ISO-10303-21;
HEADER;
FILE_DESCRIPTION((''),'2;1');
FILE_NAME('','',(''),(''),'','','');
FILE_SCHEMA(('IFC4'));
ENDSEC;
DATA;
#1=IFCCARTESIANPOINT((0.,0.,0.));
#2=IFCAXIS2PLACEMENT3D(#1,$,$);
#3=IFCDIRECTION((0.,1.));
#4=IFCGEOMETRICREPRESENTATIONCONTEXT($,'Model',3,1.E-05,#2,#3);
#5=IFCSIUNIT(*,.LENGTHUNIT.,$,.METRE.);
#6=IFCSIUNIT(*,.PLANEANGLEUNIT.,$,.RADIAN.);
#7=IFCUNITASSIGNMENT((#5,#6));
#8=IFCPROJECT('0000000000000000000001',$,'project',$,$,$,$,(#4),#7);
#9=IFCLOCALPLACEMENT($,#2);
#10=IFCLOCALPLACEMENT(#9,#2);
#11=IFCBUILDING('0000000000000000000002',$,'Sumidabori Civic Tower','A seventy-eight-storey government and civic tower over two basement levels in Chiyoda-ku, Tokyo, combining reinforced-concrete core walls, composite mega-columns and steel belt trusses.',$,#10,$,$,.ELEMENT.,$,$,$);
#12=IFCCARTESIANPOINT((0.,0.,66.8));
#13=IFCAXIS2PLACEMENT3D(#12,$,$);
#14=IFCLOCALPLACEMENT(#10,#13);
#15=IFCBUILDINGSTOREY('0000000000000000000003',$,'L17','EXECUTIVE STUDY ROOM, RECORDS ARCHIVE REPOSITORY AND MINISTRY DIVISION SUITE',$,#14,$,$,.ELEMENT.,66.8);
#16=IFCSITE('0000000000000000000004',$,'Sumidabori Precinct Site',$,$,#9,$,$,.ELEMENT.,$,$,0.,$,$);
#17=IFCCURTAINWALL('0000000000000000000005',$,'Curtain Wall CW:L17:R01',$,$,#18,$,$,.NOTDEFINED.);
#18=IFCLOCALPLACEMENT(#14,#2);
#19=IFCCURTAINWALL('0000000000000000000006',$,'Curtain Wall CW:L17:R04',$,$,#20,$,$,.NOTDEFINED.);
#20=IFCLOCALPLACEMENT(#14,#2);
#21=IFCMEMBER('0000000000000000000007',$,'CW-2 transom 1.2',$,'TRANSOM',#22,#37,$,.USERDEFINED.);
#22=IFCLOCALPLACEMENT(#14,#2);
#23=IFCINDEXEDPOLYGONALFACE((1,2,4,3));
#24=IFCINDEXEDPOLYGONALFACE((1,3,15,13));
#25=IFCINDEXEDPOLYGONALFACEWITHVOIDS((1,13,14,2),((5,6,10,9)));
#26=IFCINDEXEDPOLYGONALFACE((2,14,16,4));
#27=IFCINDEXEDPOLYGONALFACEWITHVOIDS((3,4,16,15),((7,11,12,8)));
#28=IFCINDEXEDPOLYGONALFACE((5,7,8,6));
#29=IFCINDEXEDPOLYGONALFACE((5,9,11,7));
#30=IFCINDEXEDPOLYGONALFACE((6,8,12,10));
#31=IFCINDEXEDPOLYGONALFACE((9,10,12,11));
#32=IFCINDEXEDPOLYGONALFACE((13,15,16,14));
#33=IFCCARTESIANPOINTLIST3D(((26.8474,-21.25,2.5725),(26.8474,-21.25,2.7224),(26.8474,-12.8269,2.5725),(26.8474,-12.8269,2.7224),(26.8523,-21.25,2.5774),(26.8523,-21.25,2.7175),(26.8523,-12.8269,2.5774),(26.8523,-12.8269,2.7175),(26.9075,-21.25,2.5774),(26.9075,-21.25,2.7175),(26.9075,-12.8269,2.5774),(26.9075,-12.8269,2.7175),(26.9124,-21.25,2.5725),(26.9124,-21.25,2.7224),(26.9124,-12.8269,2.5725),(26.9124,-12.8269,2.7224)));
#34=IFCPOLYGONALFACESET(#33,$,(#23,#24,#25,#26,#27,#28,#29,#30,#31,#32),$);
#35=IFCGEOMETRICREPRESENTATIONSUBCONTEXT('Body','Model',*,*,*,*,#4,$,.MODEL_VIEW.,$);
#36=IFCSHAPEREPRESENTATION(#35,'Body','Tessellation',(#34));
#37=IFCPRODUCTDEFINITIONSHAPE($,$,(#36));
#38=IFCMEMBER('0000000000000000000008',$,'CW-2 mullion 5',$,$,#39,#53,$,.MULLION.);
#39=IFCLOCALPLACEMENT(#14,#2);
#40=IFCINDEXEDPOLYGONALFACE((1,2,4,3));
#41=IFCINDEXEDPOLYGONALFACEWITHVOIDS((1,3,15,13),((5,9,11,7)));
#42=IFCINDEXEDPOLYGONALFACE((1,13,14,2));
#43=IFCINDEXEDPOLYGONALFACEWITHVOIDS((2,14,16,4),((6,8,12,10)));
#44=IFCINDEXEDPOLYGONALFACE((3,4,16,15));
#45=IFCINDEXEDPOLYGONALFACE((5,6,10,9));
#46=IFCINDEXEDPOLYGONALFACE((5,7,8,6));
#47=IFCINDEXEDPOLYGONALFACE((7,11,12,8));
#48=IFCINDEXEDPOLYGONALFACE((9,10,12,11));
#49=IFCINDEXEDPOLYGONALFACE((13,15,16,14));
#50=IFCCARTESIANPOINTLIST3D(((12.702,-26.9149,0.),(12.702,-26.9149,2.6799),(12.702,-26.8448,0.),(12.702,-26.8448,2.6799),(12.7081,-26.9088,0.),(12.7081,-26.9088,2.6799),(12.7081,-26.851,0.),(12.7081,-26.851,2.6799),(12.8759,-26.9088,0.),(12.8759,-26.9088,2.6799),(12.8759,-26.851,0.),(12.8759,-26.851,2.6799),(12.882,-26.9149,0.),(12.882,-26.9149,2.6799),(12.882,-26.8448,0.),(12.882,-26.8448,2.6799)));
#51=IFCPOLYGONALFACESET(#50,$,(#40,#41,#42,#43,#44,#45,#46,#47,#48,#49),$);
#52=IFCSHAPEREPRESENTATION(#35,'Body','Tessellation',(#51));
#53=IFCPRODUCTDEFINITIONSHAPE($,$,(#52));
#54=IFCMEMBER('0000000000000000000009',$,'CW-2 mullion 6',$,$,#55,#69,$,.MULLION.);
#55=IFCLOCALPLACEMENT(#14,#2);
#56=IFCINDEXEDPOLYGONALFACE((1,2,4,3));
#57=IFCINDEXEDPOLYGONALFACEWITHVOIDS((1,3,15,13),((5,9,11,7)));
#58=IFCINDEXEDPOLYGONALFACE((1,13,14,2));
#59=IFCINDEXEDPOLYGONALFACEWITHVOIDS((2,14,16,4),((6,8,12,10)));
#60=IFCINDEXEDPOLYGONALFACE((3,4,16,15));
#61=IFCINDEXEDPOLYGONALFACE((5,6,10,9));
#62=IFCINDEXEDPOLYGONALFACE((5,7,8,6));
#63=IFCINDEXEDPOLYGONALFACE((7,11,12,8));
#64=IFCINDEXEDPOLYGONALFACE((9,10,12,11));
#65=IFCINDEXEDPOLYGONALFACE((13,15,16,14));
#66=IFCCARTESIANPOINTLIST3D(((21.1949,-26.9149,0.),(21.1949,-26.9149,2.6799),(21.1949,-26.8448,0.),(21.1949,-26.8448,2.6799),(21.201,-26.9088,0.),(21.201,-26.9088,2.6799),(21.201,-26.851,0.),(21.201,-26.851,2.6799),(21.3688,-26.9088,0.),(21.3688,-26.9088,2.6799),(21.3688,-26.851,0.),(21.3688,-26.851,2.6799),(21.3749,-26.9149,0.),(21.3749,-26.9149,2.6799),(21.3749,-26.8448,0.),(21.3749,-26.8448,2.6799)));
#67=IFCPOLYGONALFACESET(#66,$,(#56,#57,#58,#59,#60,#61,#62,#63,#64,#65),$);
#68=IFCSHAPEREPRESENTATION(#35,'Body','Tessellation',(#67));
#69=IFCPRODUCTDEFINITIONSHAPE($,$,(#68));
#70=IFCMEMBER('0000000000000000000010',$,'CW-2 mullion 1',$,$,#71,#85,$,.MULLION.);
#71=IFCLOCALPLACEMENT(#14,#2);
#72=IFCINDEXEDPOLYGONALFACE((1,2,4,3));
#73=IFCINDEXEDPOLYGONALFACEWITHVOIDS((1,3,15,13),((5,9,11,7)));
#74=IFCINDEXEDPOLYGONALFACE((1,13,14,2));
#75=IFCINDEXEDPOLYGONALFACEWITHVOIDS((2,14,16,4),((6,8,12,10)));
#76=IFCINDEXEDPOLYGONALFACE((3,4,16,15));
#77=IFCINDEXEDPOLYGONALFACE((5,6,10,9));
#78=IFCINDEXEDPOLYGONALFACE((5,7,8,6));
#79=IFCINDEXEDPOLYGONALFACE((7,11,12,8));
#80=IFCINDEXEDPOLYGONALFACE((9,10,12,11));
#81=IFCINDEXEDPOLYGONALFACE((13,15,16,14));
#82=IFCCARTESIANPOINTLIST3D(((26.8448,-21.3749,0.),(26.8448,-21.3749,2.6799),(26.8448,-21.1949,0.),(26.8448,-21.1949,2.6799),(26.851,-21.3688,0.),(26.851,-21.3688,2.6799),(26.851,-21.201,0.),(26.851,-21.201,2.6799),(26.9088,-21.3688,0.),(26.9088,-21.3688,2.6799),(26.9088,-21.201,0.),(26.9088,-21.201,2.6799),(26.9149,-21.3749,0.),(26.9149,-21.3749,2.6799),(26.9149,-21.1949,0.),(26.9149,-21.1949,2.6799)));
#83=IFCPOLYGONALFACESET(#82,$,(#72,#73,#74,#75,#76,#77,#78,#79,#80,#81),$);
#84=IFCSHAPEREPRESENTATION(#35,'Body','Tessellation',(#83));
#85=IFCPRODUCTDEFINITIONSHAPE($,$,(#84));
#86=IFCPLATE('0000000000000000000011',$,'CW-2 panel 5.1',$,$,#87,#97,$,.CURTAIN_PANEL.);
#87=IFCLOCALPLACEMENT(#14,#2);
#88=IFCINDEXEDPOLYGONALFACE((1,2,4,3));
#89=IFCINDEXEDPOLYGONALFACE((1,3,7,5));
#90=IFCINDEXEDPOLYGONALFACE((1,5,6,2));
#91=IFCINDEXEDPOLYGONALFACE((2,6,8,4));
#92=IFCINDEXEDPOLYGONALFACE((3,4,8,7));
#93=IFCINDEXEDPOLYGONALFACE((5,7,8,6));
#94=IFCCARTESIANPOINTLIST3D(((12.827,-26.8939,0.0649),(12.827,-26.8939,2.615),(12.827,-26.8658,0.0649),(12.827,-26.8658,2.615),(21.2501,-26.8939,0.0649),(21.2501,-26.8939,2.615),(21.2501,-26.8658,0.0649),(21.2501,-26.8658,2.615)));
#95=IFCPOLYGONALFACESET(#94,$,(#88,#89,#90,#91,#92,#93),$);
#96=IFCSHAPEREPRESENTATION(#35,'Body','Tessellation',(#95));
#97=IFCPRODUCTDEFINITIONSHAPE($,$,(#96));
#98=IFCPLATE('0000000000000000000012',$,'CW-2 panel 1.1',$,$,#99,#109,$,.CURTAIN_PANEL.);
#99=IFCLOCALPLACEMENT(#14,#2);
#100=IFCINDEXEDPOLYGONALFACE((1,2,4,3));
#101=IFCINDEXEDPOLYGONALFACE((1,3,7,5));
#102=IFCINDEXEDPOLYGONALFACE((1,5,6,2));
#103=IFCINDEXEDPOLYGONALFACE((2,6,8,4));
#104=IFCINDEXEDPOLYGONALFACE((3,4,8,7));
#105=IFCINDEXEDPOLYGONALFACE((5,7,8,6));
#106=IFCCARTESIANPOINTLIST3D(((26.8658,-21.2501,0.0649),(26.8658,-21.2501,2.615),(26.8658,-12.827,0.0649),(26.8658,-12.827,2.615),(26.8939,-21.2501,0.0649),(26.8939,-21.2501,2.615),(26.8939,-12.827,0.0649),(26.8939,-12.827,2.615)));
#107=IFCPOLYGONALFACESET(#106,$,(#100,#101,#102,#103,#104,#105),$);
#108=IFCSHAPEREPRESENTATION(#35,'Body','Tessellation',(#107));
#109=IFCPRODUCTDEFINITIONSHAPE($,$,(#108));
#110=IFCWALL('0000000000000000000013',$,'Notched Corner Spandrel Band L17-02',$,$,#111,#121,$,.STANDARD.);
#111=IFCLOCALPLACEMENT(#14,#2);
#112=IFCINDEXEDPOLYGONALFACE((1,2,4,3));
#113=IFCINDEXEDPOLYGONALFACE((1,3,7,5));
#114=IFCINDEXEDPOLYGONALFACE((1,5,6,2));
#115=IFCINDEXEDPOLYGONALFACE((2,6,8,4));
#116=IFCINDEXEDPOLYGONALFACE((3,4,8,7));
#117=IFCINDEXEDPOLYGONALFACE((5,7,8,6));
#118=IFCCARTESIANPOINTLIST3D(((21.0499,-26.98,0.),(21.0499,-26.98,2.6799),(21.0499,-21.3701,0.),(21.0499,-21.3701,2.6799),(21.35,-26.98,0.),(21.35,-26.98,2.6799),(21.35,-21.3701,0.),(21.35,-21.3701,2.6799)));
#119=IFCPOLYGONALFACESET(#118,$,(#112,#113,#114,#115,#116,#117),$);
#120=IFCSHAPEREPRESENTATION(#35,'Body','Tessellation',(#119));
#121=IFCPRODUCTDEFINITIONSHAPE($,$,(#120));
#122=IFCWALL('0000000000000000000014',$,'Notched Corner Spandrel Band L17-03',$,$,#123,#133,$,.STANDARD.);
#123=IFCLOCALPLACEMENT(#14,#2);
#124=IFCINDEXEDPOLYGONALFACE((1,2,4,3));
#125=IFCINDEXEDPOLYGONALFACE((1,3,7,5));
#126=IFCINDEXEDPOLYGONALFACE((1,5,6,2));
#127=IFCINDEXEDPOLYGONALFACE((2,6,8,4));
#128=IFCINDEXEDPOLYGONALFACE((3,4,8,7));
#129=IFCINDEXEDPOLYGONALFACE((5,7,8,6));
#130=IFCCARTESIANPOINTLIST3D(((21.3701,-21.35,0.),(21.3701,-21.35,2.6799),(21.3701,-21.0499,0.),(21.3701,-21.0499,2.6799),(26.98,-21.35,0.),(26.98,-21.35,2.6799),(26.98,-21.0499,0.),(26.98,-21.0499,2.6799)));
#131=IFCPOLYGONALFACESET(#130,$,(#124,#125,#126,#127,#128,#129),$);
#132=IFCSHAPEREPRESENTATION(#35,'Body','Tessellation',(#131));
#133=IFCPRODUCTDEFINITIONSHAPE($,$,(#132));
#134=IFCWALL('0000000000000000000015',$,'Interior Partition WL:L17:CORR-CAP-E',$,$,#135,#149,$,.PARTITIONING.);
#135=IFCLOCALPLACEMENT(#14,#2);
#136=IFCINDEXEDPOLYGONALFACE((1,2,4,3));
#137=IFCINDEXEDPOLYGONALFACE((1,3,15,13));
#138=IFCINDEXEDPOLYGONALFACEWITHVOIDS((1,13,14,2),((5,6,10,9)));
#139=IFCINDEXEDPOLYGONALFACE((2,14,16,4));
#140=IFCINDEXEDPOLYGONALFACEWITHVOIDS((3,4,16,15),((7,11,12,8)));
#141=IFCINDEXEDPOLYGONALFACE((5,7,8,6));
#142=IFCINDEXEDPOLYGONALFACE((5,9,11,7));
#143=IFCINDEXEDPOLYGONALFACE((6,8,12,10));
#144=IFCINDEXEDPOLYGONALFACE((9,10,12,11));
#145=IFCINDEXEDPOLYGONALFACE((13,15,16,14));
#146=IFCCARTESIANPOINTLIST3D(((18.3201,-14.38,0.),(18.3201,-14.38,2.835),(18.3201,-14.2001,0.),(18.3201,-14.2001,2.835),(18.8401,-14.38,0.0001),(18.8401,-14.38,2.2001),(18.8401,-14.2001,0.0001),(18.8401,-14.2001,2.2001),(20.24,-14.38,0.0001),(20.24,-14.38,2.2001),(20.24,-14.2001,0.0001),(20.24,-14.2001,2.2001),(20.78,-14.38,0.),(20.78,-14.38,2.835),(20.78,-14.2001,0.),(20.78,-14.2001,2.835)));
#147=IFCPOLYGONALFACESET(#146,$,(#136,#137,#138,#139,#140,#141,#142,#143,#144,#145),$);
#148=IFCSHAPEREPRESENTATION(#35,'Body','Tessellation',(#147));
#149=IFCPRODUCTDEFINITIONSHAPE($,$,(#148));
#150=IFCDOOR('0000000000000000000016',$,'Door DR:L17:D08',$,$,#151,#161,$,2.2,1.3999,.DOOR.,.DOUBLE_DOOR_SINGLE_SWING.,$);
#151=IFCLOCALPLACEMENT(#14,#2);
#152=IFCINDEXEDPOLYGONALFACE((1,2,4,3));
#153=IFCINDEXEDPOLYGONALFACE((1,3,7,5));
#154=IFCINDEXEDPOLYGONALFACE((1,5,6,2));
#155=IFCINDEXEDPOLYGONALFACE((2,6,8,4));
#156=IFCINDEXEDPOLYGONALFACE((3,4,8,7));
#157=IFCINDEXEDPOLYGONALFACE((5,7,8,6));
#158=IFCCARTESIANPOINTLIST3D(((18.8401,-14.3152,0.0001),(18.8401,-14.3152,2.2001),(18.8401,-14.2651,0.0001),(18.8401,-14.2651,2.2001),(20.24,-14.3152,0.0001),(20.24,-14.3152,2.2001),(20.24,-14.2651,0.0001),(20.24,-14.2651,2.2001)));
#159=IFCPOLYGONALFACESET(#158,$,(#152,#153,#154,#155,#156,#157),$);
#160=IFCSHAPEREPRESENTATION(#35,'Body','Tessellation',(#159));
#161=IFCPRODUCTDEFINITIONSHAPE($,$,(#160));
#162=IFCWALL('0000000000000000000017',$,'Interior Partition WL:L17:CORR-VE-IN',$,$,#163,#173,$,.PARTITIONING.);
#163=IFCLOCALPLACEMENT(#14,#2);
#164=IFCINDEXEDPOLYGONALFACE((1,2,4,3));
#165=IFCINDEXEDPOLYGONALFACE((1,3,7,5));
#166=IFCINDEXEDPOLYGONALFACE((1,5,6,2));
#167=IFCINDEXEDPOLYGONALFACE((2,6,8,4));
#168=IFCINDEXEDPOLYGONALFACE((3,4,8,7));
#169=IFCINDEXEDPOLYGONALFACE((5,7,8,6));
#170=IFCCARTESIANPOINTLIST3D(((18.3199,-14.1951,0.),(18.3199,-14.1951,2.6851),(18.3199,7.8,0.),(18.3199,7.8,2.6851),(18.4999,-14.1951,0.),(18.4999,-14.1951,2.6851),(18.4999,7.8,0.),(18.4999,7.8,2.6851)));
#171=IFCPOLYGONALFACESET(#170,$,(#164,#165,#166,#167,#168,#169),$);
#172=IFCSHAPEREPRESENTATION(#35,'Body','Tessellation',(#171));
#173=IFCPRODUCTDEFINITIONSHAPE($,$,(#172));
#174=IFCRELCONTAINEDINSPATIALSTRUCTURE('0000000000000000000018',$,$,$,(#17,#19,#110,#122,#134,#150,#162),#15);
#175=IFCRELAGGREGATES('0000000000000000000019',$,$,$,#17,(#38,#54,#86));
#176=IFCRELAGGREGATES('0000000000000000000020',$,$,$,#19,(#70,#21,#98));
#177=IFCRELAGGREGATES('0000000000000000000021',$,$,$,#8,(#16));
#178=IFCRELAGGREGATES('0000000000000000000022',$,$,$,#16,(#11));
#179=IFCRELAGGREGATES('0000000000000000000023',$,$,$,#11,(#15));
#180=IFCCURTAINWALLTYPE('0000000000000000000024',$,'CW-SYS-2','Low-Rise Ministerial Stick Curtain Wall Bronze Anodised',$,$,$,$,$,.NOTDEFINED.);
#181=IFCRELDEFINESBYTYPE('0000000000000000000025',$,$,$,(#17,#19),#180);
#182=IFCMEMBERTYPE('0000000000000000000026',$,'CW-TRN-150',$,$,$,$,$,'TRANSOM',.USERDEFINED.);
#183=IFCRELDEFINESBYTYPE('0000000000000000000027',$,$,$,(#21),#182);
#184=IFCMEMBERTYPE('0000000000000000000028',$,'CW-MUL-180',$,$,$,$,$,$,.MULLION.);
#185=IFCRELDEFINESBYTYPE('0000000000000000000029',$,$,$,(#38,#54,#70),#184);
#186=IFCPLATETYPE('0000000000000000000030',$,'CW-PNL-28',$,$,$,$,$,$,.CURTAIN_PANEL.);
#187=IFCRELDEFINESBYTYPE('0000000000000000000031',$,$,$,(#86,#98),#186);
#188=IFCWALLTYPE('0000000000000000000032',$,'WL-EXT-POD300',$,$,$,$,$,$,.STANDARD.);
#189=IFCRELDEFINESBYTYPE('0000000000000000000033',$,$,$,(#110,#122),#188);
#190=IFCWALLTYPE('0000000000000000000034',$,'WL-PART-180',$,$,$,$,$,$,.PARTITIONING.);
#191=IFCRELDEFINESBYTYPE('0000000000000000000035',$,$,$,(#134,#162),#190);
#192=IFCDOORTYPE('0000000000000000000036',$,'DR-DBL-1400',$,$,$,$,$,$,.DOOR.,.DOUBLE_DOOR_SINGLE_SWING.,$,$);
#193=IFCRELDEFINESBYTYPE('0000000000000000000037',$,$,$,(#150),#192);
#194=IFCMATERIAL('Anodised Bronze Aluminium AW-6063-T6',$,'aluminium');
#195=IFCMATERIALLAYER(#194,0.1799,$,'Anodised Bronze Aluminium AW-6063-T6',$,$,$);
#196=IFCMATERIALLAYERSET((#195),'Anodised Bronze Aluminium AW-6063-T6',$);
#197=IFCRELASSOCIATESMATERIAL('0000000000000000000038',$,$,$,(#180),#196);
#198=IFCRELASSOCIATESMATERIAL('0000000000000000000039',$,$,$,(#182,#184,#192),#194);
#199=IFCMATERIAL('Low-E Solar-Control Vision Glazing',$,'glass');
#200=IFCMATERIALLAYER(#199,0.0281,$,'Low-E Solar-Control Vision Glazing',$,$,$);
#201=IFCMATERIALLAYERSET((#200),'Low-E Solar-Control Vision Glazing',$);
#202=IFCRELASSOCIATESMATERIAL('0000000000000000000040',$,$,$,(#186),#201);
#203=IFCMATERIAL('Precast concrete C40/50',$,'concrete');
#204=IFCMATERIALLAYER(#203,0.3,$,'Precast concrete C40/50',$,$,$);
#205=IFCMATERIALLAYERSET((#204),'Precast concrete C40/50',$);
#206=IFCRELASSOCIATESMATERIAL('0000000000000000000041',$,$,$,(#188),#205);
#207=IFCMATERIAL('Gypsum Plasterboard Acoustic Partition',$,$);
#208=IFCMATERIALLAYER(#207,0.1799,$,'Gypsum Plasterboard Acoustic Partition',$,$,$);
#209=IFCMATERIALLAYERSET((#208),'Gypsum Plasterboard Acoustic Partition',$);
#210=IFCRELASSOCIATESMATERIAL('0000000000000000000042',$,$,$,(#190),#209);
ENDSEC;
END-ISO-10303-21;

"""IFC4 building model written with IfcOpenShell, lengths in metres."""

from ifc_helpers import new_model, si_unit, direction, frame, frame_2d, origin, origin_2d, place, context, subcontext, project, spatial, rectangle, hollow_rectangle, extrude, source, transform, mapped, material, layer, layer_set, material_profile, profile_set, type_object, element, fill, aggregate, save


model = new_model("IFC4")

# Units and contexts
model_context = context("Model", 3, precision=1e-05, world=origin(), true_north=direction((0.0, 1.0)))
body_context = subcontext(model_context, "Body", "Model", "MODEL_VIEW")
ifc_project = project(units=[si_unit("LENGTHUNIT", "METRE"), si_unit("PLANEANGLEUNIT", "RADIAN")], contexts=[model_context])

# Site, building, storey
site_placement = place(None, origin())
site = spatial("IfcSite", under=ifc_project, at=site_placement, Name="Sumidabori Precinct Site", CompositionType="ELEMENT", RefElevation=0.0)
building_placement = place(site_placement, origin())
building = spatial("IfcBuilding", under=site, at=building_placement, Name="Sumidabori Civic Tower", Description="A seventy-eight-storey government and civic tower over two basement levels in Chiyoda-ku, Tokyo, combining reinforced-concrete core walls, composite mega-columns and steel belt trusses.", CompositionType="ELEMENT")
storey_placement = place(building_placement, frame((0.0, 0.0, 66.8)))
storey = spatial("IfcBuildingStorey", under=building, at=storey_placement, Name="L17", Description="EXECUTIVE STUDY ROOM, RECORDS ARCHIVE REPOSITORY AND MINISTRY DIVISION SUITE", CompositionType="ELEMENT", Elevation=66.8)

# Curtain walls, member
ifc_material_1 = material(Name="Anodised Bronze Aluminium AW-6063-T6", Category="aluminium")
ifc_layer_1 = layer(ifc_material_1, 0.1799, Name="Anodised Bronze Aluminium AW-6063-T6")
ifc_layer_set_1 = layer_set([ifc_layer_1], Name="Anodised Bronze Aluminium AW-6063-T6")
curtain_wall_type = type_object("IfcCurtainWallType", Name="CW-SYS-2", Description="Low-Rise Ministerial Stick Curtain Wall Bronze Anodised", PredefinedType="NOTDEFINED", material=ifc_layer_set_1)
curtain_wall_1_placement = place(storey_placement, origin())
curtain_wall_1 = element("IfcCurtainWall", 1, at=curtain_wall_1_placement, inside=storey, type_object=curtain_wall_type, Name="Curtain Wall CW:L17:R01", PredefinedType="NOTDEFINED")
ifc_material_profile_1 = material_profile(ifc_material_1, hollow_rectangle(XDim=0.0649, YDim=0.1499, WallThickness=0.0049, at=origin_2d()), Name="ALU TRANSOM 150x65")
ifc_profile_set_1 = profile_set([ifc_material_profile_1], Name="Anodised Bronze Aluminium AW-6063-T6")
member_type_1 = type_object("IfcMemberType", Name="CW-TRN-150", ElementType="TRANSOM", PredefinedType="USERDEFINED", material=ifc_profile_set_1)
shared_shape_1 = source(origin(), body_context, "Body", "SweptSolid", [
    extrude(hollow_rectangle(XDim=0.0649, YDim=0.1499, WallThickness=0.0049, at=origin_2d()), origin(), (0.0, 0.0, 1.0), 8.4231),
])
curtain_wall_2_placement = place(storey_placement, origin())
curtain_wall_2 = element("IfcCurtainWall", 2, at=curtain_wall_2_placement, inside=storey, type_object=curtain_wall_type, Name="Curtain Wall CW:L17:R04", PredefinedType="NOTDEFINED")
member_1_placement = place(storey_placement, frame((26.8799, -21.25, 2.6475), z_axis=(0.0, 1.0, 0.0), x_axis=(-1.0, 0.0, 0.0)))
member_1 = element("IfcMember", 3, at=member_1_placement, type_object=member_type_1, Name="CW-2 transom 1.2", ObjectType="TRANSOM", PredefinedType="USERDEFINED", context=body_context, shape_type="MappedRepresentation", body=[
    mapped(shared_shape_1, transform((0.0, 0.0, 0.0), x_axis=(1.0, 0.0, 0.0), y_axis=(0.0, 1.0, 0.0), z_axis=(0.0, 0.0, 1.0), scale=1.0)),
])

# Members
ifc_material_profile_2 = material_profile(ifc_material_1, hollow_rectangle(XDim=0.0701, YDim=0.1799, WallThickness=0.0061, at=origin_2d()), Name="ALU MULLION 180x70")
ifc_profile_set_2 = profile_set([ifc_material_profile_2], Name="Anodised Bronze Aluminium AW-6063-T6")
member_type_2 = type_object("IfcMemberType", Name="CW-MUL-180", PredefinedType="MULLION", material=ifc_profile_set_2)
shared_shape_2 = source(origin(), body_context, "Body", "SweptSolid", [
    extrude(hollow_rectangle(XDim=0.0701, YDim=0.1799, WallThickness=0.0061, at=origin_2d()), origin(), (0.0, 0.0, 1.0), 2.6799),
])
member_2_placement = place(storey_placement, frame((12.792, -26.8799, 0.0), z_axis=(0.0, 0.0, 1.0), x_axis=(0.0, 1.0, 0.0)))
member_2 = element("IfcMember", 4, at=member_2_placement, type_object=member_type_2, Name="CW-2 mullion 5", PredefinedType="MULLION", context=body_context, shape_type="MappedRepresentation", body=[
    mapped(shared_shape_2, transform((0.0, 0.0, 0.0), x_axis=(1.0, 0.0, 0.0), y_axis=(0.0, 1.0, 0.0), z_axis=(0.0, 0.0, 1.0), scale=1.0)),
])
member_3_placement = place(storey_placement, frame((21.2849, -26.8799, 0.0), z_axis=(0.0, 0.0, 1.0), x_axis=(0.0, 1.0, 0.0)))
member_3 = element("IfcMember", 5, at=member_3_placement, type_object=member_type_2, Name="CW-2 mullion 6", PredefinedType="MULLION", context=body_context, shape_type="MappedRepresentation", body=[
    mapped(shared_shape_2, transform((0.0, 0.0, 0.0), x_axis=(1.0, 0.0, 0.0), y_axis=(0.0, 1.0, 0.0), z_axis=(0.0, 0.0, 1.0), scale=1.0)),
])
member_4_placement = place(storey_placement, frame((26.8799, -21.2849, 0.0), z_axis=(0.0, 0.0, 1.0), x_axis=(-1.0, 0.0, 0.0)))
member_4 = element("IfcMember", 6, at=member_4_placement, type_object=member_type_2, Name="CW-2 mullion 1", PredefinedType="MULLION", context=body_context, shape_type="MappedRepresentation", body=[
    mapped(shared_shape_2, transform((0.0, 0.0, 0.0), x_axis=(1.0, 0.0, 0.0), y_axis=(0.0, 1.0, 0.0), z_axis=(0.0, 0.0, 1.0), scale=1.0)),
])

# Plates
ifc_material_2 = material(Name="Low-E Solar-Control Vision Glazing", Category="glass")
ifc_layer_2 = layer(ifc_material_2, 0.0281, Name="Low-E Solar-Control Vision Glazing")
ifc_layer_set_2 = layer_set([ifc_layer_2], Name="Low-E Solar-Control Vision Glazing")
plate_type = type_object("IfcPlateType", Name="CW-PNL-28", PredefinedType="CURTAIN_PANEL", material=ifc_layer_set_2)
shared_shape_3 = source(origin(), body_context, "Body", "SweptSolid", [
    extrude(rectangle(XDim=8.4231, YDim=0.0281, at=origin_2d()), origin(), (0.0, 0.0, 1.0), 2.55),
])
plate_1_placement = place(storey_placement, frame((17.0386, -26.8799, 0.0649), z_axis=(0.0, 0.0, 1.0), x_axis=(1.0, 0.0, 0.0)))
plate_1 = element("IfcPlate", 7, at=plate_1_placement, type_object=plate_type, Name="CW-2 panel 5.1", PredefinedType="CURTAIN_PANEL", context=body_context, shape_type="MappedRepresentation", body=[
    mapped(shared_shape_3, transform((0.0, 0.0, 0.0), x_axis=(1.0, 0.0, 0.0), y_axis=(0.0, 1.0, 0.0), z_axis=(0.0, 0.0, 1.0), scale=1.0)),
])
aggregate(curtain_wall_1, [member_2, member_3, plate_1])
plate_2_placement = place(storey_placement, frame((26.8799, -17.0386, 0.0649), z_axis=(0.0, 0.0, 1.0), x_axis=(0.0, 1.0, 0.0)))
plate_2 = element("IfcPlate", 8, at=plate_2_placement, type_object=plate_type, Name="CW-2 panel 1.1", PredefinedType="CURTAIN_PANEL", context=body_context, shape_type="MappedRepresentation", body=[
    mapped(shared_shape_3, transform((0.0, 0.0, 0.0), x_axis=(1.0, 0.0, 0.0), y_axis=(0.0, 1.0, 0.0), z_axis=(0.0, 0.0, 1.0), scale=1.0)),
])
aggregate(curtain_wall_2, [member_4, member_1, plate_2])

# Walls
ifc_material_3 = material(Name="Precast concrete C40/50", Category="concrete")
ifc_layer_3 = layer(ifc_material_3, 0.3, Name="Precast concrete C40/50")
ifc_layer_set_3 = layer_set([ifc_layer_3], Name="Precast concrete C40/50")
wall_type_1 = type_object("IfcWallType", Name="WL-EXT-POD300", PredefinedType="STANDARD", material=ifc_layer_set_3)
shared_shape_4 = source(origin(), body_context, "Body", "SweptSolid", [
    extrude(rectangle(XDim=5.6099, YDim=0.3, at=frame_2d((2.8049, 0.0))), origin(), (0.0, 0.0, 1.0), 2.6799),
])
for number, where, z_axis, x_axis, name in (
    (9, (21.2, -26.98, 0.0), (0.0, 0.0, 1.0), (0.0, 1.0, 0.0), "Notched Corner Spandrel Band L17-02"),
    (10, (21.3701, -21.2, 0.0), (0.0, 0.0, 1.0), (1.0, 0.0, 0.0), "Notched Corner Spandrel Band L17-03"),
):
    element("IfcWall", number, at=place(storey_placement, frame(where, z_axis=z_axis, x_axis=x_axis)), inside=storey, type_object=wall_type_1, Name=name, PredefinedType="STANDARD", context=body_context, shape_type="MappedRepresentation", body=[
        mapped(shared_shape_4, transform((0.0, 0.0, 0.0), x_axis=(1.0, 0.0, 0.0), y_axis=(0.0, 1.0, 0.0), z_axis=(0.0, 0.0, 1.0), scale=1.0)),
    ])

# Wall, opening, door
ifc_material_4 = material(Name="Gypsum Plasterboard Acoustic Partition")
ifc_layer_4 = layer(ifc_material_4, 0.1799, Name="Gypsum Plasterboard Acoustic Partition")
ifc_layer_set_4 = layer_set([ifc_layer_4], Name="Gypsum Plasterboard Acoustic Partition")
wall_type_2 = type_object("IfcWallType", Name="WL-PART-180", PredefinedType="PARTITIONING", material=ifc_layer_set_4)
shared_shape_5 = source(origin(), body_context, "Body", "SweptSolid", [
    extrude(rectangle(XDim=2.46, YDim=0.1799, at=frame_2d((1.23, 0.0))), origin(), (0.0, 0.0, 1.0), 2.835),
])
wall_1_placement = place(storey_placement, frame((18.3201, -14.29, 0.0), z_axis=(0.0, 0.0, 1.0), x_axis=(1.0, 0.0, 0.0)))
wall_1 = element("IfcWall", 11, at=wall_1_placement, inside=storey, type_object=wall_type_2, Name="Interior Partition WL:L17:CORR-CAP-E", PredefinedType="PARTITIONING", context=body_context, shape_type="MappedRepresentation", body=[
    mapped(shared_shape_5, transform((0.0, 0.0, 0.0), x_axis=(1.0, 0.0, 0.0), y_axis=(0.0, 1.0, 0.0), z_axis=(0.0, 0.0, 1.0), scale=1.0)),
])
opening_placement = place(wall_1_placement, frame((0.52, 0.0, 0.0)))
opening = element("IfcOpeningElement", 12, at=opening_placement, cuts=wall_1, PredefinedType="OPENING", context=body_context, shape_type="SweptSolid", body=[
    extrude(rectangle(XDim=1.3999, YDim=2.2, at=frame_2d((0.7, 1.1001))), frame((0.0, 0.1021, 0.0), z_axis=(0.0, -1.0, 0.0), x_axis=(1.0, 0.0, 0.0)), (0.0, 0.0, 1.0), 0.2039),
])
door_type = type_object("IfcDoorType", Name="DR-DBL-1400", OperationType="DOUBLE_DOOR_SINGLE_SWING", PredefinedType="DOOR", material=ifc_material_1)
shared_shape_6 = source(origin(), body_context, "Body", "SweptSolid", [
    extrude(rectangle(XDim=1.3999, YDim=2.2, at=frame_2d((0.7, 1.1001))), frame((0.0, 0.0249, 0.0), z_axis=(0.0, -1.0, 0.0), x_axis=(1.0, 0.0, 0.0)), (0.0, 0.0, 1.0), 0.05),
])
door_placement = place(opening_placement, origin())
door = element("IfcDoor", 13, at=door_placement, inside=storey, type_object=door_type, Name="Door DR:L17:D08", OperationType="DOUBLE_DOOR_SINGLE_SWING", OverallHeight=2.2, OverallWidth=1.3999, PredefinedType="DOOR", context=body_context, shape_type="MappedRepresentation", body=[
    mapped(shared_shape_6, transform((0.0, 0.0, 0.0), x_axis=(1.0, 0.0, 0.0), y_axis=(0.0, 1.0, 0.0), z_axis=(0.0, 0.0, 1.0), scale=1.0)),
])
fill(opening, door)

# Wall
shared_shape_7 = source(origin(), body_context, "Body", "SweptSolid", [
    extrude(rectangle(XDim=21.9951, YDim=0.1799, at=frame_2d((10.9976, 0.0))), origin(), (0.0, 0.0, 1.0), 2.6851),
])
wall_2_placement = place(storey_placement, frame((18.4099, -14.1951, 0.0), z_axis=(0.0, 0.0, 1.0), x_axis=(0.0, 1.0, 0.0)))
element("IfcWall", 14, at=wall_2_placement, inside=storey, type_object=wall_type_2, Name="Interior Partition WL:L17:CORR-VE-IN", PredefinedType="PARTITIONING", context=body_context, shape_type="MappedRepresentation", body=[
    mapped(shared_shape_7, transform((0.0, 0.0, 0.0), x_axis=(1.0, 0.0, 0.0), y_axis=(0.0, 1.0, 0.0), z_axis=(0.0, 0.0, 1.0), scale=1.0)),
])

save(model, "model.ifc")
